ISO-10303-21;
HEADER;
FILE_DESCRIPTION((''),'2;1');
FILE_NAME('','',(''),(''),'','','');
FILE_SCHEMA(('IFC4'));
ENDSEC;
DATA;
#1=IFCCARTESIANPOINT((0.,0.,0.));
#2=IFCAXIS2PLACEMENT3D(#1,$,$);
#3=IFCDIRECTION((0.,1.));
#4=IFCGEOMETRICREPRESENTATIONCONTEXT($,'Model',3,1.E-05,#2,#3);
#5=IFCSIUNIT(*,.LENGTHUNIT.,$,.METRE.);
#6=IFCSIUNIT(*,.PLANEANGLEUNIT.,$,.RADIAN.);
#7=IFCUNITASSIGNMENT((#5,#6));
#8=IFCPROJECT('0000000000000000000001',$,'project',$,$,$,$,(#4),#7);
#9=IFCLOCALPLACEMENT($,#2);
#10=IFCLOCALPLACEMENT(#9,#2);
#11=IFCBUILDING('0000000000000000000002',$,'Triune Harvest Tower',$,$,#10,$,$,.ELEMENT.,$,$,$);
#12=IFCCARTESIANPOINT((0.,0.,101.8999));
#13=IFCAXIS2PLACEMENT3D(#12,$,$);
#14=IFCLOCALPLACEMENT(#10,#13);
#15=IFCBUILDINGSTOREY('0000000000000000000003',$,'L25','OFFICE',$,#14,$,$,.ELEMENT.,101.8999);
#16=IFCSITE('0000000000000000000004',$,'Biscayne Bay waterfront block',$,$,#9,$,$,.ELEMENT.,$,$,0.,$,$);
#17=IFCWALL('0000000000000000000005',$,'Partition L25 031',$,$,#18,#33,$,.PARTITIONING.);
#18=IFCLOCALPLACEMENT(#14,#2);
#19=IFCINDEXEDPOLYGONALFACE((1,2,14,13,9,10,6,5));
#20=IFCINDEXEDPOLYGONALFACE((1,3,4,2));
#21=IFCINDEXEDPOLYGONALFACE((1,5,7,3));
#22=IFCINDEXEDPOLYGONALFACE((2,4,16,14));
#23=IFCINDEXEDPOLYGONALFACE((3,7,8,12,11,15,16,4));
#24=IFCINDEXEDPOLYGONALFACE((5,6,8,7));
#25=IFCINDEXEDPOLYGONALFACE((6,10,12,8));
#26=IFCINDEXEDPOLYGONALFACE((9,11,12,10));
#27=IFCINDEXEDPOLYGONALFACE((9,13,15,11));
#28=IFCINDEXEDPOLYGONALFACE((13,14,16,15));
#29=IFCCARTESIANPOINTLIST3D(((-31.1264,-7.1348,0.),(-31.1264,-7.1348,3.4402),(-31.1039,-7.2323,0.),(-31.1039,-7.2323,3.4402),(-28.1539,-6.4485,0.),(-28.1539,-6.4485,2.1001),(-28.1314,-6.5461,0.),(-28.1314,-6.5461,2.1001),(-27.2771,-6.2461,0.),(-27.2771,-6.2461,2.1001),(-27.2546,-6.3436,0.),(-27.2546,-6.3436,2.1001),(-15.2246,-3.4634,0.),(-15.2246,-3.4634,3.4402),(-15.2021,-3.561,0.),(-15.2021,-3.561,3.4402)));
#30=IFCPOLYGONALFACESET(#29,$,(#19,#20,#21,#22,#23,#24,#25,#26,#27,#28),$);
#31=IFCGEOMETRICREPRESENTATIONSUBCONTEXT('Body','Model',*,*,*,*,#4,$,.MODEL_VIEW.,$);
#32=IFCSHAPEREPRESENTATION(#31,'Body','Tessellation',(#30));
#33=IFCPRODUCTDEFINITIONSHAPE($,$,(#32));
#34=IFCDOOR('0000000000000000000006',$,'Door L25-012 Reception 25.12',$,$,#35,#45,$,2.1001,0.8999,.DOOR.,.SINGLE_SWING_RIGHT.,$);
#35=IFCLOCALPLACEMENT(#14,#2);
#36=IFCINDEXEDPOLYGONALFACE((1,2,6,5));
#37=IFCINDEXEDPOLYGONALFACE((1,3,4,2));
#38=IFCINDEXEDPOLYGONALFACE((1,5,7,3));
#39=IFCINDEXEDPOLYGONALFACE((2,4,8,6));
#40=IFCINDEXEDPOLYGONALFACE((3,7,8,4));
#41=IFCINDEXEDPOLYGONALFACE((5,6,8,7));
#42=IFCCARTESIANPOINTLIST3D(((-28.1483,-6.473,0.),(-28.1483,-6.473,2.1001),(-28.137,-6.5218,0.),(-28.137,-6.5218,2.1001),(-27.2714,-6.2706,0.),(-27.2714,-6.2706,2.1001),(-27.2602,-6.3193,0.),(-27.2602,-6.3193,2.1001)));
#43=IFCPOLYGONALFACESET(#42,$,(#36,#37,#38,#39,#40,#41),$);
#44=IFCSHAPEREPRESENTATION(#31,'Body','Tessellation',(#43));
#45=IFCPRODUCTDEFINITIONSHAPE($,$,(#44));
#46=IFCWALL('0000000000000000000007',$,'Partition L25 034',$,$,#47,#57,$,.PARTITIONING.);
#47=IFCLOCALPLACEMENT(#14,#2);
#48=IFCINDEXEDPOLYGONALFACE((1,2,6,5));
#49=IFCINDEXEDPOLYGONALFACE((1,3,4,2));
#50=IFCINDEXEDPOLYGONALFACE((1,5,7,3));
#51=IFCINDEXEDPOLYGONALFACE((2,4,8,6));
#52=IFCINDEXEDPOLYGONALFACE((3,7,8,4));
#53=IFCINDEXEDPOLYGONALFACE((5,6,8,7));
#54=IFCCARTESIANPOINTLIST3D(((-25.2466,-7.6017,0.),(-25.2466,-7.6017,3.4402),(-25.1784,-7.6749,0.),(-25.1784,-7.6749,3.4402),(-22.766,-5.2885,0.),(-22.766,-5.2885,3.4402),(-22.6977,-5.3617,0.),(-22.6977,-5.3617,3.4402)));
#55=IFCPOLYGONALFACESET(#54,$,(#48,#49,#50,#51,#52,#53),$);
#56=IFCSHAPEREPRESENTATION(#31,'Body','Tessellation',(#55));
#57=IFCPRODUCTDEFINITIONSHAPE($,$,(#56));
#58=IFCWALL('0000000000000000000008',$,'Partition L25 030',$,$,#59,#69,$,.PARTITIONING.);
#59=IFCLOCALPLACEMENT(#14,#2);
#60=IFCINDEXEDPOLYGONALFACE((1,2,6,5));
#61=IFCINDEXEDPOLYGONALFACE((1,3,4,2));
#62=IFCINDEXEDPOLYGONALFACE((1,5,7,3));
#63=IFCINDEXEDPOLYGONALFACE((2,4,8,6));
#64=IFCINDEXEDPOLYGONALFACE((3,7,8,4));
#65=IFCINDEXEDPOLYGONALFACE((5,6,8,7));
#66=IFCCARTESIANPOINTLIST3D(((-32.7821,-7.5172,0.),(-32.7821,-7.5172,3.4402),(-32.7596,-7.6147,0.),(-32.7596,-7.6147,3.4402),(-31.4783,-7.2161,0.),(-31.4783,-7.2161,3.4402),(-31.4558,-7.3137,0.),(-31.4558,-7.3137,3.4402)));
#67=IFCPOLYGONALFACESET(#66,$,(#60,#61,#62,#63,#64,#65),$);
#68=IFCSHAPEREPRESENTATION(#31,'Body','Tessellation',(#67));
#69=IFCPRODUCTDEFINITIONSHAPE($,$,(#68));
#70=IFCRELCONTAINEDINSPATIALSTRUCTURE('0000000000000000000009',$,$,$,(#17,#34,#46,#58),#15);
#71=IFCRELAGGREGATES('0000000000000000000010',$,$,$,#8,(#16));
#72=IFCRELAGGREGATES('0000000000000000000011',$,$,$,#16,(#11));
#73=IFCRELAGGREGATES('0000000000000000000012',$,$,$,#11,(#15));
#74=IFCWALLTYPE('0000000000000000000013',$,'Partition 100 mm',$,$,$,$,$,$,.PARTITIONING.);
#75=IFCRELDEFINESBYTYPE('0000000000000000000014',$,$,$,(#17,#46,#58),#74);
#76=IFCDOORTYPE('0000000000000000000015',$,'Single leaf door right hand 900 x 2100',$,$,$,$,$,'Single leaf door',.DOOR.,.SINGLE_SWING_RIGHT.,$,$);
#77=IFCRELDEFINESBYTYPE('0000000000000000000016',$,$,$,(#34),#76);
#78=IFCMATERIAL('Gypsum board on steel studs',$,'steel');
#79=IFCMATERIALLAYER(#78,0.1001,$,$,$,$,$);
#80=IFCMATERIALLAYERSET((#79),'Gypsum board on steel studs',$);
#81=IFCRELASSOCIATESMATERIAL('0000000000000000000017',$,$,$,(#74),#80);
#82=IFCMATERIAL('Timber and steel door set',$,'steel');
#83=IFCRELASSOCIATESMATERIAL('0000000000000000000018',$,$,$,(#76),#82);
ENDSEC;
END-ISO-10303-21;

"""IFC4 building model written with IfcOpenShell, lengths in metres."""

from ifc_helpers import new_model, si_unit, direction, frame, frame_2d, origin, place, context, subcontext, project, spatial, rectangle, extrude, source, transform, mapped, material, layer, layer_set, type_object, element, fill, save


model = new_model("IFC4")

# Units and contexts
model_context = context("Model", 3, precision=1e-05, world=origin(), true_north=direction((0.0, 1.0)))
body_context = subcontext(model_context, "Body", "Model", "MODEL_VIEW")
ifc_project = project(units=[si_unit("LENGTHUNIT", "METRE"), si_unit("PLANEANGLEUNIT", "RADIAN")], contexts=[model_context])

# Site, building, storey
site_placement = place(None, origin())
site = spatial("IfcSite", under=ifc_project, at=site_placement, Name="Biscayne Bay waterfront block", CompositionType="ELEMENT", RefElevation=0.0)
building_placement = place(site_placement, origin())
building = spatial("IfcBuilding", under=site, at=building_placement, Name="Triune Harvest Tower", CompositionType="ELEMENT")
storey_placement = place(building_placement, frame((0.0, 0.0, 101.8999)))
storey = spatial("IfcBuildingStorey", under=building, at=storey_placement, Name="L25", Description="OFFICE", CompositionType="ELEMENT", Elevation=101.8999)

# Shared definitions
ifc_material_1 = material(Name="Gypsum board on steel studs", Category="steel")
ifc_layer_1 = layer(ifc_material_1, 0.1001)
ifc_layer_set_1 = layer_set([ifc_layer_1], Name="Gypsum board on steel studs")
wall_type = type_object("IfcWallType", Name="Partition 100 mm", PredefinedType="PARTITIONING", material=ifc_layer_set_1)

# Wall, opening, door
ifc_material_2 = material(Name="Timber and steel door set", Category="steel")
door_type = type_object("IfcDoorType", Name="Single leaf door right hand 900 x 2100", ElementType="Single leaf door", OperationType="SINGLE_SWING_RIGHT", PredefinedType="DOOR", material=ifc_material_2)
wall_1_placement = place(storey_placement, frame((-31.1152, -7.1836, 0.0), z_axis=(0.0, 0.0, 1.0), x_axis=(0.974368, 0.22496, 0.0)))
wall_1 = element("IfcWall", 1, at=wall_1_placement, inside=storey, type_object=wall_type, Name="Partition L25 031", PredefinedType="PARTITIONING", context=body_context, shape_type="SweptSolid", body=[
    extrude(rectangle(XDim=16.3201, YDim=0.1001, at=frame_2d((8.1602, 0.0))), origin(), (0.0, 0.0, 1.0), 3.4402),
])
opening_1_placement = place(wall_1_placement, frame((3.0508, 0.0, 0.0)))
opening_1 = element("IfcOpeningElement", 2, at=opening_1_placement, cuts=wall_1, PredefinedType="OPENING", context=body_context, shape_type="SweptSolid", body=[
    extrude(rectangle(XDim=0.8999, YDim=2.1001, at=frame_2d((0.45, 1.05))), frame((0.0, 0.0601, 0.0), z_axis=(0.0, -1.0, 0.0), x_axis=(1.0, 0.0, 0.0)), (0.0, 0.0, 1.0), 0.1201),
])
door_1_placement = place(opening_1_placement, origin())
door_1 = element("IfcDoor", 3, at=door_1_placement, inside=storey, type_object=door_type, Name="Door L25-012 Reception 25.12", OperationType="SINGLE_SWING_RIGHT", OverallHeight=2.1001, OverallWidth=0.8999, PredefinedType="DOOR", context=body_context, shape_type="SweptSolid", body=[
    extrude(rectangle(XDim=0.8999, YDim=2.1001, at=frame_2d((0.45, 1.05))), frame((0.0, 0.0249, 0.0), z_axis=(0.0, -1.0, 0.0), x_axis=(1.0, 0.0, 0.0)), (0.0, 0.0, 1.0), 0.05),
])
fill(opening_1, door_1)

# Walls
wall_2_placement = place(storey_placement, frame((-25.2124, -7.6382, 0.0), z_axis=(0.0, 0.0, 1.0), x_axis=(0.731364, 0.681987, 0.0)))
element("IfcWall", 4, at=wall_2_placement, inside=storey, type_object=wall_type, Name="Partition L25 034", PredefinedType="PARTITIONING", context=body_context, shape_type="SweptSolid", body=[
    extrude(rectangle(XDim=3.3918, YDim=0.1001, at=frame_2d((1.6958, 0.0))), origin(), (0.0, 0.0, 1.0), 3.4402),
])
shared_shape_1 = source(origin(), body_context, "Body", "SweptSolid", [
    extrude(rectangle(XDim=1.3381, YDim=0.1001, at=frame_2d((0.6689, 0.0))), origin(), (0.0, 0.0, 1.0), 3.4402),
])
wall_3_placement = place(storey_placement, frame((-32.7708, -7.5659, 0.0), z_axis=(0.0, 0.0, 1.0), x_axis=(0.974364, 0.224979, 0.0)))
element("IfcWall", 5, at=wall_3_placement, inside=storey, type_object=wall_type, Name="Partition L25 030", PredefinedType="PARTITIONING", context=body_context, shape_type="MappedRepresentation", body=[
    mapped(shared_shape_1, transform((0.0, 0.0, 0.0), scale=1.0)),
])

save(model, "model.ifc")
